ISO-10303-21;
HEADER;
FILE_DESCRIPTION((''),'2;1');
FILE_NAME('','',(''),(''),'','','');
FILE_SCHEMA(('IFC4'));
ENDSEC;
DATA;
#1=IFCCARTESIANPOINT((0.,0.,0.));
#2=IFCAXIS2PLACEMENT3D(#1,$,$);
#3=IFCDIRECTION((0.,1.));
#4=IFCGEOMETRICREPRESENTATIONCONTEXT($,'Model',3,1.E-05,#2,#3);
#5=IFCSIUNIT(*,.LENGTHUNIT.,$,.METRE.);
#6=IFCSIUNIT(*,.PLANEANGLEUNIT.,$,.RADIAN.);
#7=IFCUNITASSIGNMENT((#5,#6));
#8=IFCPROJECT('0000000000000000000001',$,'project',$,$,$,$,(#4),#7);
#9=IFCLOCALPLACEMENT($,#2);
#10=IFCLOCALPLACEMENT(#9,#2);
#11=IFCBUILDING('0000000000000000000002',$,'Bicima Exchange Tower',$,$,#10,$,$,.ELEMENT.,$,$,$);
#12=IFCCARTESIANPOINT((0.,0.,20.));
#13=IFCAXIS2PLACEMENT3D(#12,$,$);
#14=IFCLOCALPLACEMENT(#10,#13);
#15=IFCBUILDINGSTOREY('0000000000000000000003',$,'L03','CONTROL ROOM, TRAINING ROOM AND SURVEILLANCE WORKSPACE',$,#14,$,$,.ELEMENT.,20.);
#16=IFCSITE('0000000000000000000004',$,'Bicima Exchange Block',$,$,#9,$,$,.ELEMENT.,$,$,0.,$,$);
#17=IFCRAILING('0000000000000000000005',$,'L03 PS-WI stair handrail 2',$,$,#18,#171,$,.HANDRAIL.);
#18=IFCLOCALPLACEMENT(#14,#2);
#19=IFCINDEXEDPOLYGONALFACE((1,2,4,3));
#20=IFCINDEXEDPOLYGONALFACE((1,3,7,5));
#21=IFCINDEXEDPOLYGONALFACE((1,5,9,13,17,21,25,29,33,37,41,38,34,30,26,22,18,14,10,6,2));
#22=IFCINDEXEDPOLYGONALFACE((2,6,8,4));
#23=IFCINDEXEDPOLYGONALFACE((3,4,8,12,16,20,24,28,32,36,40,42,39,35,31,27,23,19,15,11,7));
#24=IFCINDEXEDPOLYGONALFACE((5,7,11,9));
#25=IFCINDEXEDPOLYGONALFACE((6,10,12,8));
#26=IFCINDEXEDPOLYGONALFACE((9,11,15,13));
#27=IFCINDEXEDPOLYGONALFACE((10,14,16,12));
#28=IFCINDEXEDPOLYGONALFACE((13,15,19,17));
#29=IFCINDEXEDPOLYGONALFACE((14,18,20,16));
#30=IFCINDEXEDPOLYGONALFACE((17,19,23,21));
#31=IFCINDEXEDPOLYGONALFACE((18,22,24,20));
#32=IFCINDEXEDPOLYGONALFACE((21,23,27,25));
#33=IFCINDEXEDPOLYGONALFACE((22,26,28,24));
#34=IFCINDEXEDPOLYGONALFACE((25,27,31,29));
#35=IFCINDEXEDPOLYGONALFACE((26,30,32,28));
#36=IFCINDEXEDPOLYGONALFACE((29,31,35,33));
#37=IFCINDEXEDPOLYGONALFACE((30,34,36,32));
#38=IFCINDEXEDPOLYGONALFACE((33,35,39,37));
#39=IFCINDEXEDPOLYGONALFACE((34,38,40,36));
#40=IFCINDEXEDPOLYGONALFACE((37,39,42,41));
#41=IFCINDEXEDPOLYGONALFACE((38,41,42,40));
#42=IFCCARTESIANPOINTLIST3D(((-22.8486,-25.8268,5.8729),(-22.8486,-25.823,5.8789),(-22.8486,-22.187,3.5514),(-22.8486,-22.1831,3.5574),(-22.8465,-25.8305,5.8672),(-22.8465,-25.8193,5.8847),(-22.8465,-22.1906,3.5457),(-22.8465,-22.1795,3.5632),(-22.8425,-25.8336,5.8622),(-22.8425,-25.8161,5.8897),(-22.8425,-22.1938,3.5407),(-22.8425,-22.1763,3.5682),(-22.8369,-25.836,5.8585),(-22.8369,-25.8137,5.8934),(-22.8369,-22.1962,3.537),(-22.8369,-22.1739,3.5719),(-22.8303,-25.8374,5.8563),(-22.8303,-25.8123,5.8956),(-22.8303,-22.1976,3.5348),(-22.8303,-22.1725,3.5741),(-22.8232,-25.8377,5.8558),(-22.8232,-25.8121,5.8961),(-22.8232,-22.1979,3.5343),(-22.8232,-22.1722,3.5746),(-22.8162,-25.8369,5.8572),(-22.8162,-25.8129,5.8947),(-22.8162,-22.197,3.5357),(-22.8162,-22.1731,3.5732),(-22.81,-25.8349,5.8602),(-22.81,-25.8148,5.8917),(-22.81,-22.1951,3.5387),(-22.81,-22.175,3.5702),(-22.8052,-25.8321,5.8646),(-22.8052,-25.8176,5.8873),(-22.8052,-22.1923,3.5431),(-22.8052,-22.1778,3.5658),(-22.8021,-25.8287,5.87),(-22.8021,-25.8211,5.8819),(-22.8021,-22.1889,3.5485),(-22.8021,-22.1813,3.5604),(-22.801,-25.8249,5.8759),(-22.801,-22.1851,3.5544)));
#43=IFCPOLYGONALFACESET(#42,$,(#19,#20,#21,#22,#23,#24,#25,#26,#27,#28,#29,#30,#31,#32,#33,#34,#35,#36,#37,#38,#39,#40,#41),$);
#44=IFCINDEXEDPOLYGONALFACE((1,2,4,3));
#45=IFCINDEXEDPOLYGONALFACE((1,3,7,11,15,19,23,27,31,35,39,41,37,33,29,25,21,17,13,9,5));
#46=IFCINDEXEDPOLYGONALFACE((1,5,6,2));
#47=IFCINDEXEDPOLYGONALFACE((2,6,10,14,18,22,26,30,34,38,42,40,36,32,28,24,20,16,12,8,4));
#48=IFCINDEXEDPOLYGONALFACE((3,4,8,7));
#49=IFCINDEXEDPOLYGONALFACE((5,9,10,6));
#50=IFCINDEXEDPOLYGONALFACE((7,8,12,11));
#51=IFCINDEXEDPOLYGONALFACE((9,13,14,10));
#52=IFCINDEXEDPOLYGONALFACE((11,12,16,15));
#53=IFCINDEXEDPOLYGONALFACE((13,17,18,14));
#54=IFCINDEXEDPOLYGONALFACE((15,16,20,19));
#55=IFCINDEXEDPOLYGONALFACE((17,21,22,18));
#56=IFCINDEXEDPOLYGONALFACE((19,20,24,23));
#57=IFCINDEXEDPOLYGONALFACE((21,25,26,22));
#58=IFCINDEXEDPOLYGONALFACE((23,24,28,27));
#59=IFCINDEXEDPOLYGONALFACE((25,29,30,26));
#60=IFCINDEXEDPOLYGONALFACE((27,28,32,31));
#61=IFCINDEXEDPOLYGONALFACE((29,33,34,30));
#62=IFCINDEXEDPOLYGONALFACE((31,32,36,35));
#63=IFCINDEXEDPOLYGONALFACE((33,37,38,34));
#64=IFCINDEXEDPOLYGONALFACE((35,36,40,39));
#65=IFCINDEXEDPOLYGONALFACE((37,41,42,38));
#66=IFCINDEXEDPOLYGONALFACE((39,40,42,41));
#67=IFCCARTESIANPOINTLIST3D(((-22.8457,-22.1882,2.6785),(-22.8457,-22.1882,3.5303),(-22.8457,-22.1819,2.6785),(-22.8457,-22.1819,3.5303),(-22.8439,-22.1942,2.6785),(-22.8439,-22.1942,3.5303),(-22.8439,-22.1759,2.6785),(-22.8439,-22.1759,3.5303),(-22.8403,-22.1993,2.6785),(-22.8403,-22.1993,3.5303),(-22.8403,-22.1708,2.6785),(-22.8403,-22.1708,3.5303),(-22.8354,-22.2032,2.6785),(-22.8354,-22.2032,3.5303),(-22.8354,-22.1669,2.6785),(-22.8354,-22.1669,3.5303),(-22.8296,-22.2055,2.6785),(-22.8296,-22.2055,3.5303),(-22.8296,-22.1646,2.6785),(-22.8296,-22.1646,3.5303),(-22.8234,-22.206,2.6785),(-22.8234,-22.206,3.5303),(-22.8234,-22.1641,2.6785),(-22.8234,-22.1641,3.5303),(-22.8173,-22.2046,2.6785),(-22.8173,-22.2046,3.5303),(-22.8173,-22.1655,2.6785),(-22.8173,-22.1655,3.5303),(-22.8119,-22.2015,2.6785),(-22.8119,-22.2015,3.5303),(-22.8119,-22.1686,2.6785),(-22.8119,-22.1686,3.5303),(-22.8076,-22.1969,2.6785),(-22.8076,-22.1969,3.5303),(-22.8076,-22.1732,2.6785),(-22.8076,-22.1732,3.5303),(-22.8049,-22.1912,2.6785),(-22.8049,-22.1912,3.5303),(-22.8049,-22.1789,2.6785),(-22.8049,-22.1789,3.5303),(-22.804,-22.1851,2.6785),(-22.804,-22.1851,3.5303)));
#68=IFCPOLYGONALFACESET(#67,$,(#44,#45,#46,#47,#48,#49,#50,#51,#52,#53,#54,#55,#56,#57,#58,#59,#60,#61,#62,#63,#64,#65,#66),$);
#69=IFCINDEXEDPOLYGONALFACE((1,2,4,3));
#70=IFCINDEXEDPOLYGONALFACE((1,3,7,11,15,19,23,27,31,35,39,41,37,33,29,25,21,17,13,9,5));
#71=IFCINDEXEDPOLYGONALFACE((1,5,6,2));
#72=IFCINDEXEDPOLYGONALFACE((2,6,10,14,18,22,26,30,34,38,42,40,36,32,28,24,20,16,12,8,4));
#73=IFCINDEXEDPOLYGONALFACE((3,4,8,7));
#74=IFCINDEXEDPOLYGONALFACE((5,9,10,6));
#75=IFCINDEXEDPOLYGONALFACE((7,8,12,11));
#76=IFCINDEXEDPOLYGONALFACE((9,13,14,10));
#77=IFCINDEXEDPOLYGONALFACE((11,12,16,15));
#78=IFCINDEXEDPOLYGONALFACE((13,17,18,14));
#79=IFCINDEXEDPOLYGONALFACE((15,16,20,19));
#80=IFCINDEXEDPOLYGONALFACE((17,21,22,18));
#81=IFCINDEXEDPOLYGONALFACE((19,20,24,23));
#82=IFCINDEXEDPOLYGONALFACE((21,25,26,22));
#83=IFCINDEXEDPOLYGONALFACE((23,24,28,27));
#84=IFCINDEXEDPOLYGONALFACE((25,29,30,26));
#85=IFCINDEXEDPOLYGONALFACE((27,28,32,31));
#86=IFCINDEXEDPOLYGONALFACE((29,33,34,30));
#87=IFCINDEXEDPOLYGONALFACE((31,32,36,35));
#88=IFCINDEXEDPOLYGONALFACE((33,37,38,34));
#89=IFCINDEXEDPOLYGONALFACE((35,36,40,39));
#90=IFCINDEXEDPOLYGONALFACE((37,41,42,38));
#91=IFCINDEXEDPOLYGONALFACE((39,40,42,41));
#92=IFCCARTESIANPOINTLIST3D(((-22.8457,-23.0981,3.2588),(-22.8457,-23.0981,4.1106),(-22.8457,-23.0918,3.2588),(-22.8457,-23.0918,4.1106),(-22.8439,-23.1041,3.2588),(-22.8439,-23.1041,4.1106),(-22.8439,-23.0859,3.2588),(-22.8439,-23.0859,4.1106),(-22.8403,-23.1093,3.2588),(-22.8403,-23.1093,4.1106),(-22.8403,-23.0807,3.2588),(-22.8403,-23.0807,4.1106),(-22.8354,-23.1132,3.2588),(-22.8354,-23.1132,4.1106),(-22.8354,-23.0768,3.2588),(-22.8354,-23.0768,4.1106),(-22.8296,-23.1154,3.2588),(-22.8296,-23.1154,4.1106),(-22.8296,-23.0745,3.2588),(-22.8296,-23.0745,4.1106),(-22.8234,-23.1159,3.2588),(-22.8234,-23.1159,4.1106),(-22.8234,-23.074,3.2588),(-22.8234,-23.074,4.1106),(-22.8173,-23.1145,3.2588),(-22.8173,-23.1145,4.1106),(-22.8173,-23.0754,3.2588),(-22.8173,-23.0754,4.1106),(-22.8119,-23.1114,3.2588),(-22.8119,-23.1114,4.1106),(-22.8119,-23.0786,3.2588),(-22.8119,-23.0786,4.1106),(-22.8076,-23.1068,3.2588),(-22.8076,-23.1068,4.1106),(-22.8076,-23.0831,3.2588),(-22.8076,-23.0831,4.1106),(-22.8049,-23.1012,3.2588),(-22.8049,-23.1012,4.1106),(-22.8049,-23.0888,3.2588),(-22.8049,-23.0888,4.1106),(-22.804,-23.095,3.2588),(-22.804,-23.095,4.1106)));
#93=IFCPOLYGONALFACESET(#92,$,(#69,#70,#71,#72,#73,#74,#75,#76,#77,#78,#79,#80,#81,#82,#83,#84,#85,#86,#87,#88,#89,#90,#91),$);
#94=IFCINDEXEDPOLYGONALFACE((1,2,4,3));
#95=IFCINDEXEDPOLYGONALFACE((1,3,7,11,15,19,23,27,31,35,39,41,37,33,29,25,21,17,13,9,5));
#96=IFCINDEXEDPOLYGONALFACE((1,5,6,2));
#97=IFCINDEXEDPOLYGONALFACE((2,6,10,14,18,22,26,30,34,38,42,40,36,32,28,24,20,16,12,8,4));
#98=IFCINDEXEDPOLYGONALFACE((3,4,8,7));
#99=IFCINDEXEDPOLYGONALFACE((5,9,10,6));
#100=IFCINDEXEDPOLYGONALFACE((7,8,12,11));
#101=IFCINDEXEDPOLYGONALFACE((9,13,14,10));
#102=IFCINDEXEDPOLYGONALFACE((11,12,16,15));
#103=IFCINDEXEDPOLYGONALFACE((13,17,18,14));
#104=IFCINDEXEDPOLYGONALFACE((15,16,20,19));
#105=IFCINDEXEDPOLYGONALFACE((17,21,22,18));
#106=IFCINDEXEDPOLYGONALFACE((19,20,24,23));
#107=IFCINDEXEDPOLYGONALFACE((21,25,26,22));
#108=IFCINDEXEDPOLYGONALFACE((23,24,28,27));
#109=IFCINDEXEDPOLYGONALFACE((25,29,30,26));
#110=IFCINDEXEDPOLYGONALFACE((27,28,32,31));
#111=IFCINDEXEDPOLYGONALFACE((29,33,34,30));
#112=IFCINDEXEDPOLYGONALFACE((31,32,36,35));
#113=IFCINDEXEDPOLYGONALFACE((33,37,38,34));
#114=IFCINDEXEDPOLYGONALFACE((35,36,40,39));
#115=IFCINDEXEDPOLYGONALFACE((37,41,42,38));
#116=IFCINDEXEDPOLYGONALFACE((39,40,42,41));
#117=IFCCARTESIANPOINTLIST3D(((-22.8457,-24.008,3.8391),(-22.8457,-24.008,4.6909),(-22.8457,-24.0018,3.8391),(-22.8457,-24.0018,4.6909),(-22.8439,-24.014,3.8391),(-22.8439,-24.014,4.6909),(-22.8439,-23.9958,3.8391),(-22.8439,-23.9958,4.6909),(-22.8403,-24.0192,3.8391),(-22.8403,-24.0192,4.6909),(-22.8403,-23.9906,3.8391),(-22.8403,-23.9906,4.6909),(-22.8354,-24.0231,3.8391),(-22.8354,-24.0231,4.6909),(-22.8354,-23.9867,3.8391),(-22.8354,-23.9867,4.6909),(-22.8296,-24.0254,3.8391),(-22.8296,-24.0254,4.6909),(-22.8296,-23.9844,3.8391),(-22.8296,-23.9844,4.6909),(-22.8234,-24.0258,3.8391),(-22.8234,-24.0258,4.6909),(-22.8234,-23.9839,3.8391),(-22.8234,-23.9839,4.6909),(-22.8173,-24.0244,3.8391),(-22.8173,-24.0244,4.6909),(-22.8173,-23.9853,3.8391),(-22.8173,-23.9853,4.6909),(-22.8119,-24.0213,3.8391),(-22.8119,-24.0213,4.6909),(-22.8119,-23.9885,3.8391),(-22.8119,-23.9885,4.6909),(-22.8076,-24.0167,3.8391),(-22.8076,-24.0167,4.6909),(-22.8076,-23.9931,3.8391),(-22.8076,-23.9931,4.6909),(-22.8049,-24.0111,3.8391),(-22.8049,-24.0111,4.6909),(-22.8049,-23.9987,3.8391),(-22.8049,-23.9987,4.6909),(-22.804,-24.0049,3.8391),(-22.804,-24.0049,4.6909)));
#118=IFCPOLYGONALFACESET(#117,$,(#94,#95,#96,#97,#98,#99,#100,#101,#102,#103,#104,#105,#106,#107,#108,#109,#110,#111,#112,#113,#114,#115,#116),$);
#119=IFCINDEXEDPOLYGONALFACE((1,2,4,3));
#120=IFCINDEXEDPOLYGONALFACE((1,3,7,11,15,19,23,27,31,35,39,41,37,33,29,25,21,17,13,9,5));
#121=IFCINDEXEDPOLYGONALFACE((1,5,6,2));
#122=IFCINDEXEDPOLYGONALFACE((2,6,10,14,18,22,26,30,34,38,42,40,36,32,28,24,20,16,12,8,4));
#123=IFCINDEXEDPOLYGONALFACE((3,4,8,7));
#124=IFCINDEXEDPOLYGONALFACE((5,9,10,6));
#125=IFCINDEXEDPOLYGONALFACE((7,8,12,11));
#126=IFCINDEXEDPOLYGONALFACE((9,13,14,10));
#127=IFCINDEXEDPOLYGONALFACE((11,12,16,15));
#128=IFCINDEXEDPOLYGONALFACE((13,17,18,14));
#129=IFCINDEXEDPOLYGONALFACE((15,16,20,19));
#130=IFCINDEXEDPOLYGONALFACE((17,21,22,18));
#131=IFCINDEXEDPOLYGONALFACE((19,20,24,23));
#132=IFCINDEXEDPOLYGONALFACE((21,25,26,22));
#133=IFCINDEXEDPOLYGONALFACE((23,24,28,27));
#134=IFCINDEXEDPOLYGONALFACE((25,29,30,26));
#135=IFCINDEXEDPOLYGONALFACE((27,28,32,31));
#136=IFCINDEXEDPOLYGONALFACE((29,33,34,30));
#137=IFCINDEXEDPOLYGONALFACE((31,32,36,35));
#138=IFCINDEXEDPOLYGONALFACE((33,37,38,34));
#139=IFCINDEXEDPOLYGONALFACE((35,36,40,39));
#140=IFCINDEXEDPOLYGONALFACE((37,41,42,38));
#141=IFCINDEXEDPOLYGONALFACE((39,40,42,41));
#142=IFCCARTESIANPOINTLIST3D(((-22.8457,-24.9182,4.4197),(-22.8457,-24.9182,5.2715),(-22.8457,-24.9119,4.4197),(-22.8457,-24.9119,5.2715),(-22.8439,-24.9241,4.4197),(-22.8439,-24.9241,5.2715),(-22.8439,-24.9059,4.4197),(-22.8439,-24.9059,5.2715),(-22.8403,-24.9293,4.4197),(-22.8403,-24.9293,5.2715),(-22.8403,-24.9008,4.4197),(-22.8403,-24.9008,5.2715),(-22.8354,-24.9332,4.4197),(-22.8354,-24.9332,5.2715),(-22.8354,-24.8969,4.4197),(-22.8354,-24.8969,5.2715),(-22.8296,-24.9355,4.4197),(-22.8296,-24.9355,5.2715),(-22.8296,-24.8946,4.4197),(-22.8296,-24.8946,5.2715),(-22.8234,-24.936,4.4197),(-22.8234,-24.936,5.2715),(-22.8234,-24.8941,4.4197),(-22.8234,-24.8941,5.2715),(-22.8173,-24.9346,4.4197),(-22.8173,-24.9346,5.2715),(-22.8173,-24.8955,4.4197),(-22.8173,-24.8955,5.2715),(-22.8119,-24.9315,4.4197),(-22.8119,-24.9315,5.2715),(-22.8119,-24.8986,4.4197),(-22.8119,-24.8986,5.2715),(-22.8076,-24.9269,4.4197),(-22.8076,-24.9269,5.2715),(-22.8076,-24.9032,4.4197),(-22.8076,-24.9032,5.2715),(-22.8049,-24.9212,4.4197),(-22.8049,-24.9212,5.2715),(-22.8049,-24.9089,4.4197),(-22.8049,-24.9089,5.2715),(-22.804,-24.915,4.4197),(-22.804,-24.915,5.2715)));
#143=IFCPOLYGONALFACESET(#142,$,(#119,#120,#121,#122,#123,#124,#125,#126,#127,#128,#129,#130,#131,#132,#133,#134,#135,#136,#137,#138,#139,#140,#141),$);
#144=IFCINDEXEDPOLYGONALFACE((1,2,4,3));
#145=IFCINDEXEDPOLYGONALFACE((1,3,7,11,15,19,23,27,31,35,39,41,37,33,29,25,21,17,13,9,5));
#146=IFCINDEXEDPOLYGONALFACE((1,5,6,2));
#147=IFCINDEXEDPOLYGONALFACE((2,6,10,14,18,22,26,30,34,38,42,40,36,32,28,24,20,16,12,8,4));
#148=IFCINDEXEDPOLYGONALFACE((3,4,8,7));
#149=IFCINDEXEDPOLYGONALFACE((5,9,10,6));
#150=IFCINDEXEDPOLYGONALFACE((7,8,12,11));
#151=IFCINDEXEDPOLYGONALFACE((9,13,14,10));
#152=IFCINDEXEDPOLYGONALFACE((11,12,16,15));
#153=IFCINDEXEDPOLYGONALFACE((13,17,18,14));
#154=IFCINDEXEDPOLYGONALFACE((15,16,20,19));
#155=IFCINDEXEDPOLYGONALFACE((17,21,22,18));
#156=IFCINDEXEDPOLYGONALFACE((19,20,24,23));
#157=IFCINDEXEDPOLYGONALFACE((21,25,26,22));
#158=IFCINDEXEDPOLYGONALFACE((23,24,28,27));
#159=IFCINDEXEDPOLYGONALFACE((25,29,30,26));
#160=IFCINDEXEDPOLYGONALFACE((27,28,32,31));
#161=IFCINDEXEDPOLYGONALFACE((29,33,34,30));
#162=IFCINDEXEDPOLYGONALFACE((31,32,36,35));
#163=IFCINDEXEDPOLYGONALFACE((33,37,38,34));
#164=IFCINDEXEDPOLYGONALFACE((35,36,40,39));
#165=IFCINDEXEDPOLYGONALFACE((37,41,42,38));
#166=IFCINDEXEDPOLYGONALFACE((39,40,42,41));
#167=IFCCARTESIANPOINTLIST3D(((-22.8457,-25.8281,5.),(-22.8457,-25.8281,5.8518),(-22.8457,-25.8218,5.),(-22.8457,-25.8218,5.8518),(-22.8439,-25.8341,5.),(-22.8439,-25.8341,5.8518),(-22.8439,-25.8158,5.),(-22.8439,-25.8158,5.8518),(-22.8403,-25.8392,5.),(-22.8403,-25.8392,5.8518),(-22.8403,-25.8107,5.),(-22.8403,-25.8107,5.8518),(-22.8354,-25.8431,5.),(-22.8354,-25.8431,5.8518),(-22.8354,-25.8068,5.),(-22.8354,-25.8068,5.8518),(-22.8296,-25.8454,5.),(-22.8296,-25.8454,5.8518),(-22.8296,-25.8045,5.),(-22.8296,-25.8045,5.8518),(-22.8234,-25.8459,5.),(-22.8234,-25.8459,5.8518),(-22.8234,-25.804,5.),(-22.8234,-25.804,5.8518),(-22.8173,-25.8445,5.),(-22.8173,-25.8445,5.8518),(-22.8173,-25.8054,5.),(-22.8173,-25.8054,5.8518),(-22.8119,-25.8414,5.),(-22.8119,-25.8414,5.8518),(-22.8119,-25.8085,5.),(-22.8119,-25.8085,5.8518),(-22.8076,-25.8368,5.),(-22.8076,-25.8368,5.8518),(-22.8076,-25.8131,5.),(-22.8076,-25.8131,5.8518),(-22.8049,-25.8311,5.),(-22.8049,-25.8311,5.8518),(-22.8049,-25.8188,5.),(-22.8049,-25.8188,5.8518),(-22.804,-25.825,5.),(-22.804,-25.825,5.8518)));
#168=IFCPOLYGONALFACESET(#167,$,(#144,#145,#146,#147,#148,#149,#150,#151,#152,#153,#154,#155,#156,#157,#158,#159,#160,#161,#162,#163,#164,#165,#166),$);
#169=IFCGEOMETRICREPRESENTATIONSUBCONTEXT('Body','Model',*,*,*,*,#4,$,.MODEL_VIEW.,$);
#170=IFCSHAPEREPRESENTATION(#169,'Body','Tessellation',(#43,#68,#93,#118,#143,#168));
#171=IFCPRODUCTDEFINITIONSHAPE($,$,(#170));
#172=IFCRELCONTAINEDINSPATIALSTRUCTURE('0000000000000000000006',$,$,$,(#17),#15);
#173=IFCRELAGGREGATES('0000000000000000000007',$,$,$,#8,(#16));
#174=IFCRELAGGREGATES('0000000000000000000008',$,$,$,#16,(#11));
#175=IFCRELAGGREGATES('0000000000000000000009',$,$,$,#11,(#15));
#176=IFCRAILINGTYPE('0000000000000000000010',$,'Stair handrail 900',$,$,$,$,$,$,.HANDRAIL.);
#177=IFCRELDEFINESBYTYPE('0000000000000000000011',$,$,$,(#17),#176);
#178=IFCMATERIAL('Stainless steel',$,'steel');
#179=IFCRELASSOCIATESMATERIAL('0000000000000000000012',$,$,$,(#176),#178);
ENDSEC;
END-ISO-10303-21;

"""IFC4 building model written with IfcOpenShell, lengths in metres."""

from ifc_helpers import new_model, si_unit, direction, frame, origin, origin_2d, place, context, subcontext, project, spatial, circle, extrude, material, type_object, element, save


model = new_model("IFC4")

# Units and contexts
model_context = context("Model", 3, precision=1e-05, world=origin(), true_north=direction((0.0, 1.0)))
body_context = subcontext(model_context, "Body", "Model", "MODEL_VIEW")
ifc_project = project(units=[si_unit("LENGTHUNIT", "METRE"), si_unit("PLANEANGLEUNIT", "RADIAN")], contexts=[model_context])

# Site, building, storey
site_placement = place(None, origin())
site = spatial("IfcSite", under=ifc_project, at=site_placement, Name="Bicima Exchange Block", CompositionType="ELEMENT", RefElevation=0.0)
building_placement = place(site_placement, origin())
building = spatial("IfcBuilding", under=site, at=building_placement, Name="Bicima Exchange Tower", CompositionType="ELEMENT")
storey_placement = place(building_placement, frame((0.0, 0.0, 20.0)))
storey = spatial("IfcBuildingStorey", under=building, at=storey_placement, Name="L03", Description="CONTROL ROOM, TRAINING ROOM AND SURVEILLANCE WORKSPACE", CompositionType="ELEMENT", Elevation=20.0)

# Railing
ifc_material_1 = material(Name="Stainless steel", Category="steel")
railing_type_1 = type_object("IfcRailingType", Name="Stair handrail 900", PredefinedType="HANDRAIL", material=ifc_material_1)
railing_1_placement = place(storey_placement, frame((-22.825, -22.1851, 2.6785)))
element("IfcRailing", 1, at=railing_1_placement, inside=storey, type_object=railing_type_1, Name="L03 PS-WI stair handrail 2", PredefinedType="HANDRAIL", context=body_context, shape_type="SweptSolid", body=[
    extrude(circle(Radius=0.0239, at=origin_2d()), frame((0.0, 0.0, 0.876), z_axis=(0.0, -0.843112, 0.537739), x_axis=(1.0, 0.0, 0.0)), (0.0, 0.0, 1.0), 4.3171),
    extrude(circle(Radius=0.021, at=origin_2d()), origin(), (0.0, 0.0, 1.0), 0.8518),
    extrude(circle(Radius=0.021, at=origin_2d()), frame((0.0, -0.9099, 0.5803)), (0.0, 0.0, 1.0), 0.8518),
    extrude(circle(Radius=0.021, at=origin_2d()), frame((0.0, -1.8198, 1.1606)), (0.0, 0.0, 1.0), 0.8518),
    extrude(circle(Radius=0.021, at=origin_2d()), frame((0.0, -2.73, 1.7412)), (0.0, 0.0, 1.0), 0.8518),
    extrude(circle(Radius=0.021, at=origin_2d()), frame((0.0, -3.6399, 2.3215)), (0.0, 0.0, 1.0), 0.8518),
])

save(model, "model.ifc")
